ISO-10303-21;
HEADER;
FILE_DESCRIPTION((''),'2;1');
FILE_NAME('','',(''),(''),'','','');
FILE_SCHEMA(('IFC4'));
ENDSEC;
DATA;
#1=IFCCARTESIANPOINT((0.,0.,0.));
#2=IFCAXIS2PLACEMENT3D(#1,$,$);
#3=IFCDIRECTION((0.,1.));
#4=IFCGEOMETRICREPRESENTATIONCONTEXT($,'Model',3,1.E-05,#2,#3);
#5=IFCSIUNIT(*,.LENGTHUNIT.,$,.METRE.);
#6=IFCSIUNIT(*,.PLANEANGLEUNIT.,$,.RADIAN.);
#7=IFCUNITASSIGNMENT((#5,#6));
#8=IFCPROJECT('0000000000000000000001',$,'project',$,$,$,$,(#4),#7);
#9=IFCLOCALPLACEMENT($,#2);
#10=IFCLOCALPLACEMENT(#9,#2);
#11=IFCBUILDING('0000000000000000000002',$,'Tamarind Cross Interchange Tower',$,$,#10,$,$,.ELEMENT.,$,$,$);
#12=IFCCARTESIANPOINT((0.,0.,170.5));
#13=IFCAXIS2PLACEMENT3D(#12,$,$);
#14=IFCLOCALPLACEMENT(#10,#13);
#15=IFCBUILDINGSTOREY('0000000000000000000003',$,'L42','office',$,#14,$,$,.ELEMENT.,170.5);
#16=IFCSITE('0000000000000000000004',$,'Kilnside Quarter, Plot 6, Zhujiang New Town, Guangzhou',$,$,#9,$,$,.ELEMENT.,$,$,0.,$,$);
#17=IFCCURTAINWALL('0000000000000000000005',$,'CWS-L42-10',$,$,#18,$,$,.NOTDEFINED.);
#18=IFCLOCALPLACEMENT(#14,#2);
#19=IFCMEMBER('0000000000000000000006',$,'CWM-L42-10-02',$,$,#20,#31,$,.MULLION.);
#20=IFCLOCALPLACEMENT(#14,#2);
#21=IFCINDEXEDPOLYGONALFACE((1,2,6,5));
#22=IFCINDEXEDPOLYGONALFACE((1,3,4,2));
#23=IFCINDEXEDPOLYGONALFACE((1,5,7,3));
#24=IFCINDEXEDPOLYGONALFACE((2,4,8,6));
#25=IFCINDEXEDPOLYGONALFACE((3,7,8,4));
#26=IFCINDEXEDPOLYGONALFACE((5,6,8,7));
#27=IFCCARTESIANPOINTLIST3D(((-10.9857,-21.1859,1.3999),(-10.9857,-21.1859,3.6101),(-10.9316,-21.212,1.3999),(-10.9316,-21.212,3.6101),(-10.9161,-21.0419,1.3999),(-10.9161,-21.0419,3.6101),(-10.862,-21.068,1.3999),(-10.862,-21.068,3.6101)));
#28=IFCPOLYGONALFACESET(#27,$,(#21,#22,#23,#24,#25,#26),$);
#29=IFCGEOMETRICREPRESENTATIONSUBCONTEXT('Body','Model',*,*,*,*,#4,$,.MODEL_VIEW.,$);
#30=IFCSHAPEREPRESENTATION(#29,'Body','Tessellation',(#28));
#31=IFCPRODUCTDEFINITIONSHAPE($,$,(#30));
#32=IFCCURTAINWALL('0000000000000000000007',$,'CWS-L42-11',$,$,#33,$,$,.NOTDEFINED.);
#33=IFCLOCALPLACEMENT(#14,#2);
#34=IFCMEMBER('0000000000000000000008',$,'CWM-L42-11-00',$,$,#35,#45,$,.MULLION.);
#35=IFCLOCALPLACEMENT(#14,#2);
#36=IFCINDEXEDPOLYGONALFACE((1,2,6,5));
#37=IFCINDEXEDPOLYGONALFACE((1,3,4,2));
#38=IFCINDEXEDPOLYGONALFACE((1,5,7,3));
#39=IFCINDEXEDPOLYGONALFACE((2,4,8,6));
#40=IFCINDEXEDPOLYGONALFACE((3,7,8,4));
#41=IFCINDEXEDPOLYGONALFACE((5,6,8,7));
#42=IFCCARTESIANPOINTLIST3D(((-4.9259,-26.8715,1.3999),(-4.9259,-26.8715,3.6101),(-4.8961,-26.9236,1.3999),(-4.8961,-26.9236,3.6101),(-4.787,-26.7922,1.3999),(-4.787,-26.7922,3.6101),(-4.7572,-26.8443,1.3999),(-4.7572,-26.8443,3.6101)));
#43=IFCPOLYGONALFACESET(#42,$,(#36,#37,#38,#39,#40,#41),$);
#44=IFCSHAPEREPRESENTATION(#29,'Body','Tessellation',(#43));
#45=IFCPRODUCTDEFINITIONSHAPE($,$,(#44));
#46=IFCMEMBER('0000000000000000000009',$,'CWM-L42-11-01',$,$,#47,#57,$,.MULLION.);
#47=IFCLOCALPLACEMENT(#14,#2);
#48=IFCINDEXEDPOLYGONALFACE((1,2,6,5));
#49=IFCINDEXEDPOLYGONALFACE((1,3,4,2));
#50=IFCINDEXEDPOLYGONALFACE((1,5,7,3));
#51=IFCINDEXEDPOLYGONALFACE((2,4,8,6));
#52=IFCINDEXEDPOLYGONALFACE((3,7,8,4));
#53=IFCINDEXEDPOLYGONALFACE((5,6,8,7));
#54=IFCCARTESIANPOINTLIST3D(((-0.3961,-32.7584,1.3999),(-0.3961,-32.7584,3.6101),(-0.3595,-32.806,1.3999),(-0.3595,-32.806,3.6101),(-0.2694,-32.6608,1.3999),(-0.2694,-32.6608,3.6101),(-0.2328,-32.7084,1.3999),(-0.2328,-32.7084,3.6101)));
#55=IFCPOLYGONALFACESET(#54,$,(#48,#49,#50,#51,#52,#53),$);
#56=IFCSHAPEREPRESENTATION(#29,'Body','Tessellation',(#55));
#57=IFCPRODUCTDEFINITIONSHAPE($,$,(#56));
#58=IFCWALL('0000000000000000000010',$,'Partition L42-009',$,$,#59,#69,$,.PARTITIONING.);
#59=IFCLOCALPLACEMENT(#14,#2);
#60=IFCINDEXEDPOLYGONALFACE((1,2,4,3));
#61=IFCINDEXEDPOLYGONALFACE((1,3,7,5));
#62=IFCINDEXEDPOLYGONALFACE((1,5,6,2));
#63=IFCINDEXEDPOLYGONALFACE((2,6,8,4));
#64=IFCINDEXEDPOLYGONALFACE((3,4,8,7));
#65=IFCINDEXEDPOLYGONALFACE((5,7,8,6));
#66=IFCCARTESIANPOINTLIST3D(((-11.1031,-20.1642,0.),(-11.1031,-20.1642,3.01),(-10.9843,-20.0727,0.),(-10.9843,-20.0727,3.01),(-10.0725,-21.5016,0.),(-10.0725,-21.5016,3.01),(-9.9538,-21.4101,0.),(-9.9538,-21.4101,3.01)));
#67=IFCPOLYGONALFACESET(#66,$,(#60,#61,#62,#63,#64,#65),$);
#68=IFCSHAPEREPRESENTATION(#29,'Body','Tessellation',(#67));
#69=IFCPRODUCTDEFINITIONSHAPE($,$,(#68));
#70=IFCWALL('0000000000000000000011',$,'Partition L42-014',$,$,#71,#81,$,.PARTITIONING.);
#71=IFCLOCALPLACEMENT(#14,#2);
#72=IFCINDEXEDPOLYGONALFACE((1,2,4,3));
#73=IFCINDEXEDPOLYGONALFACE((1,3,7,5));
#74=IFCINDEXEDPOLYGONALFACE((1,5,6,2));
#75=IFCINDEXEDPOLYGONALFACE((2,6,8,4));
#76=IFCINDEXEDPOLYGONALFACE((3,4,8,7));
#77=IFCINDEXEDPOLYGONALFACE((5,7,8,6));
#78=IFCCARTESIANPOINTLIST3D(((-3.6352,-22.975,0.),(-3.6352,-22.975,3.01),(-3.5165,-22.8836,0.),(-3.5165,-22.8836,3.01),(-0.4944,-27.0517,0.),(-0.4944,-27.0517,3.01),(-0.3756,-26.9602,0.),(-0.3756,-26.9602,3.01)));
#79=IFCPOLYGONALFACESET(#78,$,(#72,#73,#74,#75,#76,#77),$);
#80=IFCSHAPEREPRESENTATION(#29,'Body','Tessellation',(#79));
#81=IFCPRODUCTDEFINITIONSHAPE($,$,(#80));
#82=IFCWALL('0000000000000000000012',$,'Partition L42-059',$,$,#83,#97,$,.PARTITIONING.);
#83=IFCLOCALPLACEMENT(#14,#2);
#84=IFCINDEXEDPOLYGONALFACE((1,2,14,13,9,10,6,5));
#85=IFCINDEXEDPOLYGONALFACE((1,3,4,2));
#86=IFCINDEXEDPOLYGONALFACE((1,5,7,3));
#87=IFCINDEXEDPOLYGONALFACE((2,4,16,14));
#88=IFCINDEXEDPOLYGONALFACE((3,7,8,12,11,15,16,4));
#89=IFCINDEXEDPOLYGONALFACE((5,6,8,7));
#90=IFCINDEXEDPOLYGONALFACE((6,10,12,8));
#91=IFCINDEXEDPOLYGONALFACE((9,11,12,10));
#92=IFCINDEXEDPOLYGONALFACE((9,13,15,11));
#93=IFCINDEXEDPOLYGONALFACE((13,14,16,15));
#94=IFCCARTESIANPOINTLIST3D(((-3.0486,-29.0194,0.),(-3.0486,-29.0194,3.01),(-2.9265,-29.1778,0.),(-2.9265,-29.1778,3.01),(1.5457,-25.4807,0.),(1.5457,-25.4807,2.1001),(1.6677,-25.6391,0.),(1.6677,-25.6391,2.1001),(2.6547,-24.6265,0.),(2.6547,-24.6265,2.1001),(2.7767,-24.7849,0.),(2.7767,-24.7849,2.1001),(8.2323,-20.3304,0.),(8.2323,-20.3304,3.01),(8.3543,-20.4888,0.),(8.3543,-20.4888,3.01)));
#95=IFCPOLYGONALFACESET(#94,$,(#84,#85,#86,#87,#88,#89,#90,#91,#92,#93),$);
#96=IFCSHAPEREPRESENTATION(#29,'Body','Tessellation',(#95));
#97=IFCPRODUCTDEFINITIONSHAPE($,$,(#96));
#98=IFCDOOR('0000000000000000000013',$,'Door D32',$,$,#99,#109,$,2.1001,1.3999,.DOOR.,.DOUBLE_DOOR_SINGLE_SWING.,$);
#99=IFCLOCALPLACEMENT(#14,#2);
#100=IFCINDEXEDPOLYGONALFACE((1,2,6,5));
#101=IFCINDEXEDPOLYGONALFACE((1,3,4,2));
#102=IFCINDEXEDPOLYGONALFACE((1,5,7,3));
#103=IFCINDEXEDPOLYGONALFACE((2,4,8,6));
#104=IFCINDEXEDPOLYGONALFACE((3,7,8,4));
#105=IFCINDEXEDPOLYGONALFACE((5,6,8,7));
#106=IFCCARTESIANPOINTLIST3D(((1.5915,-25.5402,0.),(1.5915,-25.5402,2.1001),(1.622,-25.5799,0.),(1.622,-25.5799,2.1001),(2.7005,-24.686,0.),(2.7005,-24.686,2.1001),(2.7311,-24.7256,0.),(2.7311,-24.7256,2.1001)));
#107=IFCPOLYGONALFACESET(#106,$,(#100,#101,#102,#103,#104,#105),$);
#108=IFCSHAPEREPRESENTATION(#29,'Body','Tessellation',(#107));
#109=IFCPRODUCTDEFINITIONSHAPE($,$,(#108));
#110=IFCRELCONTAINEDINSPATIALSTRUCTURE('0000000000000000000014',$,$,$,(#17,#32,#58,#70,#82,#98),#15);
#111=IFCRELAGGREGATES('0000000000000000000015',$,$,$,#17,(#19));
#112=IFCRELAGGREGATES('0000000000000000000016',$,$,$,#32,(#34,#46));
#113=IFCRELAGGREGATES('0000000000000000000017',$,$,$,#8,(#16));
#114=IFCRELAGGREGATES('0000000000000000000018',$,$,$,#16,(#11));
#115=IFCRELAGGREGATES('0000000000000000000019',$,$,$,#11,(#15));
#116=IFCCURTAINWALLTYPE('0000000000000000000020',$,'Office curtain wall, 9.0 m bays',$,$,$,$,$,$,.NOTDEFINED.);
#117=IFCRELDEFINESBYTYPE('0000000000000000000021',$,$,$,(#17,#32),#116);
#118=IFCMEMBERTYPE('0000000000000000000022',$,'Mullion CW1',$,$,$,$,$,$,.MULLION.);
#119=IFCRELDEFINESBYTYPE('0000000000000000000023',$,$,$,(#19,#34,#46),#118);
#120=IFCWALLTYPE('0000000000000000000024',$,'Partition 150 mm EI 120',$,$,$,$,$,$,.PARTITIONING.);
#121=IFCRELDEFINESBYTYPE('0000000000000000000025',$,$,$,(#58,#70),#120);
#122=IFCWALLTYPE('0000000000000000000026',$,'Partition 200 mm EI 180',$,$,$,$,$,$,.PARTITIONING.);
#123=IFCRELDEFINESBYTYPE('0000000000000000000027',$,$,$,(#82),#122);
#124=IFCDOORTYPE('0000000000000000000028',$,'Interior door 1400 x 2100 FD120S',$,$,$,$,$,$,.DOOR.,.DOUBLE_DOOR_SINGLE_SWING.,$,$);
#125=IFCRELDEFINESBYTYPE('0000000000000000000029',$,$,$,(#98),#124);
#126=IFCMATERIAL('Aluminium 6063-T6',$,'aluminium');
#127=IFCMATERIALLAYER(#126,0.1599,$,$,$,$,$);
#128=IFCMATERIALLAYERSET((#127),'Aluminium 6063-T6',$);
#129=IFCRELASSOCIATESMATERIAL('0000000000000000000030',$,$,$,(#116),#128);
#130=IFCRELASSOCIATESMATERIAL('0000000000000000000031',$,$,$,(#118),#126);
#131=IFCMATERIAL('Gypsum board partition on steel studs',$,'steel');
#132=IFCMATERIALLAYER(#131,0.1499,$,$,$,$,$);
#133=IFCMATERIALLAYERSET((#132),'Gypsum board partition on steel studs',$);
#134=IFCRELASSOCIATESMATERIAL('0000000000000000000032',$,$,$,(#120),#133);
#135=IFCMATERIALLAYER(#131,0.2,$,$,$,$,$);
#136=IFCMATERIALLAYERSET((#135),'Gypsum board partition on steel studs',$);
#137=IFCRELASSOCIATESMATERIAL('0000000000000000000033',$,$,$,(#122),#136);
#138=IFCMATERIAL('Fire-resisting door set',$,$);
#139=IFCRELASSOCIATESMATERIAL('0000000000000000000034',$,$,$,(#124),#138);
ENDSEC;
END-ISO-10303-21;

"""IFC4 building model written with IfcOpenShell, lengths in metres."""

from ifc_helpers import new_model, si_unit, direction, frame, frame_2d, origin, origin_2d, place, context, subcontext, project, spatial, rectangle, extrude, material, layer, layer_set, material_profile, profile_set, type_object, element, fill, aggregate, save


model = new_model("IFC4")

# Units and contexts
model_context = context("Model", 3, precision=1e-05, world=origin(), true_north=direction((0.0, 1.0)))
body_context = subcontext(model_context, "Body", "Model", "MODEL_VIEW")
ifc_project = project(units=[si_unit("LENGTHUNIT", "METRE"), si_unit("PLANEANGLEUNIT", "RADIAN")], contexts=[model_context])

# Site, building, storey
site_placement = place(None, origin())
site = spatial("IfcSite", under=ifc_project, at=site_placement, Name="Kilnside Quarter, Plot 6, Zhujiang New Town, Guangzhou", CompositionType="ELEMENT", RefElevation=0.0)
building_placement = place(site_placement, origin())
building = spatial("IfcBuilding", under=site, at=building_placement, Name="Tamarind Cross Interchange Tower", CompositionType="ELEMENT")
storey_placement = place(building_placement, frame((0.0, 0.0, 170.5)))
storey = spatial("IfcBuildingStorey", under=building, at=storey_placement, Name="L42", Description="office", CompositionType="ELEMENT", Elevation=170.5)

# Curtain wall, member
ifc_material_1 = material(Name="Aluminium 6063-T6", Category="aluminium")
ifc_layer_1 = layer(ifc_material_1, 0.1599)
ifc_layer_set_1 = layer_set([ifc_layer_1], Name="Aluminium 6063-T6")
curtain_wall_type = type_object("IfcCurtainWallType", Name="Office curtain wall, 9.0 m bays", PredefinedType="NOTDEFINED", material=ifc_layer_set_1)
curtain_wall_1_placement = place(storey_placement, origin())
curtain_wall_1 = element("IfcCurtainWall", 1, at=curtain_wall_1_placement, inside=storey, type_object=curtain_wall_type, Name="CWS-L42-10", PredefinedType="NOTDEFINED")
ifc_material_profile_1 = material_profile(ifc_material_1, rectangle(XDim=0.0601, YDim=0.1599, at=origin_2d()), Name="Mullion CW1")
ifc_profile_set_1 = profile_set([ifc_material_profile_1], Name="Aluminium 6063-T6")
member_type = type_object("IfcMemberType", Name="Mullion CW1", PredefinedType="MULLION", material=ifc_profile_set_1)
member_1_placement = place(storey_placement, frame((-10.9238, -21.127, 1.3999), z_axis=(0.0, 0.0, 1.0), x_axis=(0.900273, -0.435326, 0.0)))
member_1 = element("IfcMember", 2, at=member_1_placement, type_object=member_type, Name="CWM-L42-10-02", PredefinedType="MULLION", context=body_context, shape_type="SweptSolid", body=[
    extrude(rectangle(XDim=0.0601, YDim=0.1599, at=origin_2d()), origin(), (0.0, 0.0, 1.0), 2.2102),
])
aggregate(curtain_wall_1, [member_1])

# Curtain wall, members
curtain_wall_2_placement = place(storey_placement, origin())
curtain_wall_2 = element("IfcCurtainWall", 3, at=curtain_wall_2_placement, inside=storey, type_object=curtain_wall_type, Name="CWS-L42-11", PredefinedType="NOTDEFINED")
member_2_placement = place(storey_placement, frame((-4.8416, -26.8579, 1.3999), z_axis=(0.0, 0.0, 1.0), x_axis=(0.495911, -0.868374, 0.0)))
member_2 = element("IfcMember", 4, at=member_2_placement, type_object=member_type, Name="CWM-L42-11-00", PredefinedType="MULLION", context=body_context, shape_type="SweptSolid", body=[
    extrude(rectangle(XDim=0.0601, YDim=0.1599, at=origin_2d()), origin(), (0.0, 0.0, 1.0), 2.2102),
])
member_3_placement = place(storey_placement, frame((-0.3145, -32.7334, 1.3999), z_axis=(0.0, 0.0, 1.0), x_axis=(0.610322, -0.792153, 0.0)))
member_3 = element("IfcMember", 5, at=member_3_placement, type_object=member_type, Name="CWM-L42-11-01", PredefinedType="MULLION", context=body_context, shape_type="SweptSolid", body=[
    extrude(rectangle(XDim=0.0601, YDim=0.1599, at=origin_2d()), origin(), (0.0, 0.0, 1.0), 2.2102),
])
aggregate(curtain_wall_2, [member_2, member_3])

# Walls
ifc_material_2 = material(Name="Gypsum board partition on steel studs", Category="steel")
ifc_layer_2 = layer(ifc_material_2, 0.1499)
ifc_layer_set_2 = layer_set([ifc_layer_2], Name="Gypsum board partition on steel studs")
wall_type_1 = type_object("IfcWallType", Name="Partition 150 mm EI 120", PredefinedType="PARTITIONING", material=ifc_layer_set_2)
wall_1_placement = place(storey_placement, frame((-11.0437, -20.1184, 0.0), z_axis=(0.0, 0.0, 1.0), x_axis=(0.61036, -0.792124, 0.0)))
element("IfcWall", 6, at=wall_1_placement, inside=storey, type_object=wall_type_1, Name="Partition L42-009", PredefinedType="PARTITIONING", context=body_context, shape_type="SweptSolid", body=[
    extrude(rectangle(XDim=1.6885, YDim=0.1499, at=frame_2d((0.8442, 0.0))), origin(), (0.0, 0.0, 1.0), 3.01),
])
wall_2_placement = place(storey_placement, frame((-3.5759, -22.9292, 0.0), z_axis=(0.0, 0.0, 1.0), x_axis=(0.610318, -0.792156, 0.0)))
element("IfcWall", 7, at=wall_2_placement, inside=storey, type_object=wall_type_1, Name="Partition L42-014", PredefinedType="PARTITIONING", context=body_context, shape_type="SweptSolid", body=[
    extrude(rectangle(XDim=5.1462, YDim=0.1499, at=frame_2d((2.5732, 0.0))), origin(), (0.0, 0.0, 1.0), 3.01),
])

# Wall, opening, door
ifc_layer_3 = layer(ifc_material_2, 0.2)
ifc_layer_set_3 = layer_set([ifc_layer_3], Name="Gypsum board partition on steel studs")
wall_type_2 = type_object("IfcWallType", Name="Partition 200 mm EI 180", PredefinedType="PARTITIONING", material=ifc_layer_set_3)
wall_3_placement = place(storey_placement, frame((-2.9875, -29.0986, 0.0), z_axis=(0.0, 0.0, 1.0), x_axis=(0.792235, 0.610216, 0.0)))
wall_3 = element("IfcWall", 8, at=wall_3_placement, inside=storey, type_object=wall_type_2, Name="Partition L42-059", PredefinedType="PARTITIONING", context=body_context, shape_type="SweptSolid", body=[
    extrude(rectangle(XDim=14.2393, YDim=0.2, at=frame_2d((7.1196, 0.0))), origin(), (0.0, 0.0, 1.0), 3.01),
])
opening_placement = place(wall_3_placement, frame((5.7991, 0.0, 0.0)))
opening = element("IfcOpeningElement", 9, at=opening_placement, cuts=wall_3, PredefinedType="OPENING", context=body_context, shape_type="SweptSolid", body=[
    extrude(rectangle(XDim=1.3999, YDim=2.1001, at=frame_2d((0.7, 1.05))), frame((0.0, 0.1099, 0.0), z_axis=(0.0, -1.0, 0.0), x_axis=(1.0, 0.0, 0.0)), (0.0, 0.0, 1.0), 0.22),
])
ifc_material_3 = material(Name="Fire-resisting door set")
door_type = type_object("IfcDoorType", Name="Interior door 1400 x 2100 FD120S", OperationType="DOUBLE_DOOR_SINGLE_SWING", PredefinedType="DOOR", material=ifc_material_3)
door_placement = place(opening_placement, origin())
door = element("IfcDoor", 10, at=door_placement, inside=storey, type_object=door_type, Name="Door D32", OperationType="DOUBLE_DOOR_SINGLE_SWING", OverallHeight=2.1001, OverallWidth=1.3999, PredefinedType="DOOR", context=body_context, shape_type="SweptSolid", body=[
    extrude(rectangle(XDim=1.3999, YDim=2.1001, at=frame_2d((0.7, 1.05))), frame((0.0, 0.0249, 0.0), z_axis=(0.0, -1.0, 0.0), x_axis=(1.0, 0.0, 0.0)), (0.0, 0.0, 1.0), 0.05),
])
fill(opening, door)

save(model, "model.ifc")
